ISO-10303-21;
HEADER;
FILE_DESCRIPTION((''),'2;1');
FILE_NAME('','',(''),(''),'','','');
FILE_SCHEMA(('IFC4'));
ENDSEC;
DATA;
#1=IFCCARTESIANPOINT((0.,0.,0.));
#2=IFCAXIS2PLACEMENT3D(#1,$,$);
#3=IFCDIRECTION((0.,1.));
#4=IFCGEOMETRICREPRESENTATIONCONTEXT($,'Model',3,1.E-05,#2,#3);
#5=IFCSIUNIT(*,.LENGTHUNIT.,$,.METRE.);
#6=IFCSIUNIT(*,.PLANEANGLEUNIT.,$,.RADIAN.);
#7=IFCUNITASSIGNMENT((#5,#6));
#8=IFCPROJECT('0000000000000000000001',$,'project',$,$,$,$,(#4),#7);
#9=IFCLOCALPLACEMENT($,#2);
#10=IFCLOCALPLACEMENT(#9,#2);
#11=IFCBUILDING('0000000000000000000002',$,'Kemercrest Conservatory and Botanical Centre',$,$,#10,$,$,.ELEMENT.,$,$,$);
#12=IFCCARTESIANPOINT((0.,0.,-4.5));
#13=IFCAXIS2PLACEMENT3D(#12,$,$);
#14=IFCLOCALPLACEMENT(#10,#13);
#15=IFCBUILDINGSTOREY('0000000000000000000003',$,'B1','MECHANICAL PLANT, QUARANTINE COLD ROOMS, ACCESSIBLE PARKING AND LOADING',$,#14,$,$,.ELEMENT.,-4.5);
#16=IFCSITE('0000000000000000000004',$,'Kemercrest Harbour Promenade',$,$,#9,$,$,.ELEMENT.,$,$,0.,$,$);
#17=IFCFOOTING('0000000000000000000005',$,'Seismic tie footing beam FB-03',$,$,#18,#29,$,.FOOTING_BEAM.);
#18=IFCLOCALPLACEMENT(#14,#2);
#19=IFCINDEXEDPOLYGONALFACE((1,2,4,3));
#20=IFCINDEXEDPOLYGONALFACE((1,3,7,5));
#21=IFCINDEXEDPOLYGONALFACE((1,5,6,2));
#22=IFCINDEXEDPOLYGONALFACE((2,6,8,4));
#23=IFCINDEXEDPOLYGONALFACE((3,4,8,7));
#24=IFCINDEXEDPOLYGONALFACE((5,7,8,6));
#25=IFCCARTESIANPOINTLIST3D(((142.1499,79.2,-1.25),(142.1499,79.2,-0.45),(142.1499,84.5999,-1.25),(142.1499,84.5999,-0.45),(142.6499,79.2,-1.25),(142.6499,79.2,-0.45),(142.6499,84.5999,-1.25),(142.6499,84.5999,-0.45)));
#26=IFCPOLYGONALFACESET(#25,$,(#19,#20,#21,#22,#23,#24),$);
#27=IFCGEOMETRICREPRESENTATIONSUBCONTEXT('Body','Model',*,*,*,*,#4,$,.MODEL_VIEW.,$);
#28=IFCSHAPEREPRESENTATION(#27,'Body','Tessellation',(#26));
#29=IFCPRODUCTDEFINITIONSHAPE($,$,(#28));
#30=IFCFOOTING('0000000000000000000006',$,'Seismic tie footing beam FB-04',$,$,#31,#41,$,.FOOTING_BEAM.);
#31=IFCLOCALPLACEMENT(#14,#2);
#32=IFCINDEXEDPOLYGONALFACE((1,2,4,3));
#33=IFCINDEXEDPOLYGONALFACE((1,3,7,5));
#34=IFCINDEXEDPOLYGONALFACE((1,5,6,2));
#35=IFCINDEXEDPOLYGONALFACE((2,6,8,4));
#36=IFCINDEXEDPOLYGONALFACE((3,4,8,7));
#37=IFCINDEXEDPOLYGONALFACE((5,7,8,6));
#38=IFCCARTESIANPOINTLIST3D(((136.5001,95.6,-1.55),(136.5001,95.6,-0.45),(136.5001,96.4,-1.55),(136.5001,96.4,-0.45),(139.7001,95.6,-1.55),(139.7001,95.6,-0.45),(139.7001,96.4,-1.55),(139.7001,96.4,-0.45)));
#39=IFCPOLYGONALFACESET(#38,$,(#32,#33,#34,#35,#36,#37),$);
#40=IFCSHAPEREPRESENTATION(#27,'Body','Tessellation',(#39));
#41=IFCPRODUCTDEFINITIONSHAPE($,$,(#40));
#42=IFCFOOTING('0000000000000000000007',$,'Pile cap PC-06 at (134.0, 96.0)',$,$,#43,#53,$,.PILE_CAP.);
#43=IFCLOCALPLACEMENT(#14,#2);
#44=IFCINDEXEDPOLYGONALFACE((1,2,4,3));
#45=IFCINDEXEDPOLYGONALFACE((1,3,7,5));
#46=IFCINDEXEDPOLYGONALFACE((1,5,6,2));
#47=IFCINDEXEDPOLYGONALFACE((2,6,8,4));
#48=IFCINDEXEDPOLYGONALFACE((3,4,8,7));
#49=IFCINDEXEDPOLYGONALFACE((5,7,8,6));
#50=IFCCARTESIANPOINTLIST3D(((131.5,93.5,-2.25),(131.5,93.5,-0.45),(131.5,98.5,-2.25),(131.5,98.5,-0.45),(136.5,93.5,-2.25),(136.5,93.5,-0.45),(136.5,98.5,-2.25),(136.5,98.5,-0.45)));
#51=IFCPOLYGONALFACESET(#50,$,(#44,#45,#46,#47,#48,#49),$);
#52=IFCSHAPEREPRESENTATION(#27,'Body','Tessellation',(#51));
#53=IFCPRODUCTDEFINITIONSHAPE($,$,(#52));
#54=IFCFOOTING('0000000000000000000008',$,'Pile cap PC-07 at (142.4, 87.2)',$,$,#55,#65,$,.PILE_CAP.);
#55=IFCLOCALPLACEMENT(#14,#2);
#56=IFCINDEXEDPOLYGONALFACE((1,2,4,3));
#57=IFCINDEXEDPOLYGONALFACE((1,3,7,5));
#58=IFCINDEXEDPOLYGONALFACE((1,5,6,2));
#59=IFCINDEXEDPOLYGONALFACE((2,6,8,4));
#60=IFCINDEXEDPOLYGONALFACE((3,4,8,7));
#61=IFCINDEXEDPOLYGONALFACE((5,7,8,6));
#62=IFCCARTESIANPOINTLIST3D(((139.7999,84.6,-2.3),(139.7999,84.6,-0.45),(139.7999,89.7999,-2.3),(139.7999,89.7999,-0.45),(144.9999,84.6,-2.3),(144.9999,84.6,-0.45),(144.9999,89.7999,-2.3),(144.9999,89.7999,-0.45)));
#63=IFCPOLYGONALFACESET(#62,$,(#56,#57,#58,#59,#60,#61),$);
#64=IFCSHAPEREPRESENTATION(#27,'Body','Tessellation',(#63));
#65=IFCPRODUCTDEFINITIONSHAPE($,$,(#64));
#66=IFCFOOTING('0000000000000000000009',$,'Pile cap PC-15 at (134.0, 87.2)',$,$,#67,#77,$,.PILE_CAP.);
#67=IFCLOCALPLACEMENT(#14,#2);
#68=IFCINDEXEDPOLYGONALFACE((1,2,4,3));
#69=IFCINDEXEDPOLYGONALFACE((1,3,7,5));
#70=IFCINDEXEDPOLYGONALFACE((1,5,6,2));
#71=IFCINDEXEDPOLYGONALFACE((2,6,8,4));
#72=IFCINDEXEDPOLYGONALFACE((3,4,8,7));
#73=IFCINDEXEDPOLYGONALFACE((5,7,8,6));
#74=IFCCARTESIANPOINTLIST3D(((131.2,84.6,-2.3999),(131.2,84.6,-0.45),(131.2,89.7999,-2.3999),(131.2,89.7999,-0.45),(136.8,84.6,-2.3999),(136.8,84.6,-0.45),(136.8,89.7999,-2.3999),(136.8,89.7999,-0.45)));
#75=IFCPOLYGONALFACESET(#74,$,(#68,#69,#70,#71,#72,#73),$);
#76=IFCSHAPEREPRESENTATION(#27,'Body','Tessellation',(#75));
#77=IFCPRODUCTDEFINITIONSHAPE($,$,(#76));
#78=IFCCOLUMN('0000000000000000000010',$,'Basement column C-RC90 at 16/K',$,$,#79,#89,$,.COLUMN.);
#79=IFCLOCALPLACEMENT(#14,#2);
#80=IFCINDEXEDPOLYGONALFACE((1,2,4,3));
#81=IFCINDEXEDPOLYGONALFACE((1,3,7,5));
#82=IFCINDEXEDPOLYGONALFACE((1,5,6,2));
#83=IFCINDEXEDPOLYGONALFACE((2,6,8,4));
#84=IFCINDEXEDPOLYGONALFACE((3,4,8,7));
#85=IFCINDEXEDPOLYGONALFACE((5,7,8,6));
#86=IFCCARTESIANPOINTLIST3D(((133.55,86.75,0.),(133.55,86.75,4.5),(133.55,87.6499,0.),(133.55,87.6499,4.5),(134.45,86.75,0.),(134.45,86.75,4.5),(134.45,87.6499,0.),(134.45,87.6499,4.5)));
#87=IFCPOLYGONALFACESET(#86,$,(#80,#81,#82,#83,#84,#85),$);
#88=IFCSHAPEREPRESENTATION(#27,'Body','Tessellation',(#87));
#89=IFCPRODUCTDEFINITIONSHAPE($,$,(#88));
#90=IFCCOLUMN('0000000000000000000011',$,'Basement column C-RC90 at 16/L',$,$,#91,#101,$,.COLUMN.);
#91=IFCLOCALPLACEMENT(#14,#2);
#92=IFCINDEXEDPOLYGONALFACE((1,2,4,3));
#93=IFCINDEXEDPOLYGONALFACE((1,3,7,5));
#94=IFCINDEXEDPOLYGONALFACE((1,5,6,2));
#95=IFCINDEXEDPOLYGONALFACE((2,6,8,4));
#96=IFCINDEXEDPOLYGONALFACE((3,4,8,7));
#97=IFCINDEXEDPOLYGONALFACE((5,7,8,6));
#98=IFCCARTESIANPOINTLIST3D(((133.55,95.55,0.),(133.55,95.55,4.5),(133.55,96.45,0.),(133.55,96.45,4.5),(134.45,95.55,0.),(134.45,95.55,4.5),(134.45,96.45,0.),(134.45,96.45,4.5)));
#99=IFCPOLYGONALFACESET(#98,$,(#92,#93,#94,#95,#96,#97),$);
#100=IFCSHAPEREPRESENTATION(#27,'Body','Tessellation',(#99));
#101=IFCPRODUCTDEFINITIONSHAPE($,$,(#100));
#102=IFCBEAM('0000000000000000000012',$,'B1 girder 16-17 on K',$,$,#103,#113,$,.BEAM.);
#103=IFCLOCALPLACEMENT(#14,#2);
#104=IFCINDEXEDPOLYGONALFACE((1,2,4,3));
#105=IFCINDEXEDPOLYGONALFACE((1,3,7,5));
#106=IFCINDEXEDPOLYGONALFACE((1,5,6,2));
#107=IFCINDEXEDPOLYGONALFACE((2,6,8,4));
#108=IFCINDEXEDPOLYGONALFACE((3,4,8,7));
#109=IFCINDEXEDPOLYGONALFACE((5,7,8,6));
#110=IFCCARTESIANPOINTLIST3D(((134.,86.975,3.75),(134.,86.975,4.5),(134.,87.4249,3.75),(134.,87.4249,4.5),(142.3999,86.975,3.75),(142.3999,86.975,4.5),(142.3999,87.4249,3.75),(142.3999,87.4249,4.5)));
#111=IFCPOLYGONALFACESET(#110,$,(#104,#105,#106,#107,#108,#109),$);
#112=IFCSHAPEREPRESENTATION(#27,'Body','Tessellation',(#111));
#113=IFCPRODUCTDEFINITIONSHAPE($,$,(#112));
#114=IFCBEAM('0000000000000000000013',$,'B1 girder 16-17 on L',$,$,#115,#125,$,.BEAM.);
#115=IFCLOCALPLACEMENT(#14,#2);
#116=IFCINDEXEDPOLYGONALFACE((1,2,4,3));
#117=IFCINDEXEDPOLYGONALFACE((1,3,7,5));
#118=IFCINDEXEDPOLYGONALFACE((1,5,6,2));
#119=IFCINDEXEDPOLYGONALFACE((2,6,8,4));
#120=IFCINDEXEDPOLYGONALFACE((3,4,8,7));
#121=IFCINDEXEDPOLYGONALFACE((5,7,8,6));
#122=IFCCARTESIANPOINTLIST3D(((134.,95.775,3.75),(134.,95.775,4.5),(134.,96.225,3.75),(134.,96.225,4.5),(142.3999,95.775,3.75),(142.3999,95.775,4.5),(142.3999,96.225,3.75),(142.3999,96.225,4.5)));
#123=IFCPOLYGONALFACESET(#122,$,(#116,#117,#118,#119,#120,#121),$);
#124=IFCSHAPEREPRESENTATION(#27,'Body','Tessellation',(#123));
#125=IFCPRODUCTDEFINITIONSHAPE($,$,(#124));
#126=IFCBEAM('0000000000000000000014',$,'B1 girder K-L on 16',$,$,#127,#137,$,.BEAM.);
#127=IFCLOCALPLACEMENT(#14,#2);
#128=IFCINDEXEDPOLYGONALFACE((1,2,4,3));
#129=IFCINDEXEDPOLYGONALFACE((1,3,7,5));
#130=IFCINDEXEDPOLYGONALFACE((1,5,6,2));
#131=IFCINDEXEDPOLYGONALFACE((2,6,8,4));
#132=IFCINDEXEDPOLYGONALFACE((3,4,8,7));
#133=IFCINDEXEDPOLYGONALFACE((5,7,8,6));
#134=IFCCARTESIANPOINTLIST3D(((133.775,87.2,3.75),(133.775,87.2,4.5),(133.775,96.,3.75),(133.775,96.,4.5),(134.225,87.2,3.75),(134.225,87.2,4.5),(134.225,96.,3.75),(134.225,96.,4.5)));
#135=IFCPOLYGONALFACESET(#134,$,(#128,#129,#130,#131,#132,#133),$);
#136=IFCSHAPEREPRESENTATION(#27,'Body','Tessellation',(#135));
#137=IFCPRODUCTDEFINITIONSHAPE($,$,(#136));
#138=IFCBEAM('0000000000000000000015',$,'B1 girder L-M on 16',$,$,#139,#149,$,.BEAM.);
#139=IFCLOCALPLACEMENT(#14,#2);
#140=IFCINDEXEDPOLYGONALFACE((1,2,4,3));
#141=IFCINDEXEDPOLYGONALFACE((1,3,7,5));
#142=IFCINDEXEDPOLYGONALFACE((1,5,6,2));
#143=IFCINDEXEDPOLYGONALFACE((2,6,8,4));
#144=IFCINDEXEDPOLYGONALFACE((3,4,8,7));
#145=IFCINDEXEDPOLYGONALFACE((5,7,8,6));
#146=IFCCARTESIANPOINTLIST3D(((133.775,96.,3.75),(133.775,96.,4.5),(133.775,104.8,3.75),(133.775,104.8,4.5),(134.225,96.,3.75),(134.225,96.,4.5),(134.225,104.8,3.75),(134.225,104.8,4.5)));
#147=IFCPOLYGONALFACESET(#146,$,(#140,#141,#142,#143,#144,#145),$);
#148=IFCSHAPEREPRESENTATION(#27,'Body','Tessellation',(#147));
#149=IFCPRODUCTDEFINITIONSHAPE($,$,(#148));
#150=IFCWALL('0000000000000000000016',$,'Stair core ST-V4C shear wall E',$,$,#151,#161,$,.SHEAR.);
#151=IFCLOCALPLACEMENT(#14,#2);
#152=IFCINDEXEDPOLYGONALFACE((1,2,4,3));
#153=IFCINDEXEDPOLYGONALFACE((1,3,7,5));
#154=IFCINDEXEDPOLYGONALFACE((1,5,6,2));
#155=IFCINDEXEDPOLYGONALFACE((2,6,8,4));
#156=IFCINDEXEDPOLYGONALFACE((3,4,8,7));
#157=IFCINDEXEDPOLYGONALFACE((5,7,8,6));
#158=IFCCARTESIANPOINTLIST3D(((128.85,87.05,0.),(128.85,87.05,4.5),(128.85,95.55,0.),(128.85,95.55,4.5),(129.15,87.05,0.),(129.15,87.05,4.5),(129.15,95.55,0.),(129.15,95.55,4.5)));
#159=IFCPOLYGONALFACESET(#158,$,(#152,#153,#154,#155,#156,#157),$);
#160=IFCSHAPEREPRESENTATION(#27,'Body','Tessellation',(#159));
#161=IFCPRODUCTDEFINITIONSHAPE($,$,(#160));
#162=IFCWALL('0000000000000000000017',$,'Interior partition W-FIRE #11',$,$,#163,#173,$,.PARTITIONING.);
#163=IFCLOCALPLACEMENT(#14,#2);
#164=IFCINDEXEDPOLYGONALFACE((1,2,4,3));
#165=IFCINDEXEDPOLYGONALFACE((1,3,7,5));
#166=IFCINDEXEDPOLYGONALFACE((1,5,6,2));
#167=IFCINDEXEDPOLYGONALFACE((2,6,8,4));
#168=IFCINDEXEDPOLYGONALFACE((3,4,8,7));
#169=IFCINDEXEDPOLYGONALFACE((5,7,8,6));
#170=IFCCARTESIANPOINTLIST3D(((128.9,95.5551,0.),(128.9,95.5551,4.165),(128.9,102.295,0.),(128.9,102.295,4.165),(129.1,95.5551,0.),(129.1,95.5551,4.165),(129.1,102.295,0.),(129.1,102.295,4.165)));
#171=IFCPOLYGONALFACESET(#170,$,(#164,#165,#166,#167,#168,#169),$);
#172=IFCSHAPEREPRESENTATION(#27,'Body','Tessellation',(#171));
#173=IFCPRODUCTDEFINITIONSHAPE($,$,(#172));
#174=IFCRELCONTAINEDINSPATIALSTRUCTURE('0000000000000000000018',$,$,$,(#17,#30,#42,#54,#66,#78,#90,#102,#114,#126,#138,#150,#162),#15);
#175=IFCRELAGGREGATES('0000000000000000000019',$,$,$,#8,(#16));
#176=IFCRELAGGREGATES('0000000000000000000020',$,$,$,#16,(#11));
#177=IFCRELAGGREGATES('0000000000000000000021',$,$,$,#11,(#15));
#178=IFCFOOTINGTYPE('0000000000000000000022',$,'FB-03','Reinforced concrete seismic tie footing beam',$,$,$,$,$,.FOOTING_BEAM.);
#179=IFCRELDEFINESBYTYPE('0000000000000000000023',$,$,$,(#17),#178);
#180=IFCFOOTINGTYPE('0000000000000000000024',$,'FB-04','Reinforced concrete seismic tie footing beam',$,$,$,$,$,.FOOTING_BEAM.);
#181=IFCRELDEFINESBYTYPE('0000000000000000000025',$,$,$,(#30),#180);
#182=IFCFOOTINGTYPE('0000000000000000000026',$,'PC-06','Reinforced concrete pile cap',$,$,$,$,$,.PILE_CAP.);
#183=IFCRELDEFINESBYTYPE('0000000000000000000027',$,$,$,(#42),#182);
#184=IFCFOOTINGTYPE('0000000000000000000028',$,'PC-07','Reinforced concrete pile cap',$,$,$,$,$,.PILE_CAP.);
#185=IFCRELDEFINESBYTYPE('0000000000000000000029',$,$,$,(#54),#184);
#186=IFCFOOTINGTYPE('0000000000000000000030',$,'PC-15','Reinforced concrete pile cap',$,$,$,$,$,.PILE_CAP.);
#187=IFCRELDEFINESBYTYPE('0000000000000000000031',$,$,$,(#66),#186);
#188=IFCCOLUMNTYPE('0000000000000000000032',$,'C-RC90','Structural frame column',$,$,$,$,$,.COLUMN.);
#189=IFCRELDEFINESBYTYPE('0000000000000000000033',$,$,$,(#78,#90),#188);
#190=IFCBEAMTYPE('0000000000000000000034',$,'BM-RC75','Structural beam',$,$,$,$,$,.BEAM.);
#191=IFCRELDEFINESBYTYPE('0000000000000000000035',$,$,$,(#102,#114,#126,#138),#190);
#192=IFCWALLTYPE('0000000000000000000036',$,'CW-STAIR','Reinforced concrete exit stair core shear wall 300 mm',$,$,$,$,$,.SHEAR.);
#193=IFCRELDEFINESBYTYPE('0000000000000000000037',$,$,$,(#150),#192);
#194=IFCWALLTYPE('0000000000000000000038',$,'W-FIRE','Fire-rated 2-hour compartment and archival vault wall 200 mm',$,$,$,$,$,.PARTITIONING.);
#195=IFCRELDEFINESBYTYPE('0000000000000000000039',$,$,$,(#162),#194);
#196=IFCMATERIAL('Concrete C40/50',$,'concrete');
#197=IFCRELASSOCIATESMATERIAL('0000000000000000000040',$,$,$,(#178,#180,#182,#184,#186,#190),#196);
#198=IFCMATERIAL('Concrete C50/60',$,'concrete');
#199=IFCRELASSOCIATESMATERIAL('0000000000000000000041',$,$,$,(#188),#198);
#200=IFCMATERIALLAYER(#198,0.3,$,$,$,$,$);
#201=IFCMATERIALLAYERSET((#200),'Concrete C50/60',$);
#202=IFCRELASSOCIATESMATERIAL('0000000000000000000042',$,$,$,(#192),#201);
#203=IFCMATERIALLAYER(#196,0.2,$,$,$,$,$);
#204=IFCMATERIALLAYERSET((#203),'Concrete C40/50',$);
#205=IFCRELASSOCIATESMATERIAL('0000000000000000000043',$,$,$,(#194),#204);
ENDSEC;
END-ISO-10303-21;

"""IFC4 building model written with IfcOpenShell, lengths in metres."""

from ifc_helpers import new_model, si_unit, direction, frame, frame_2d, origin, origin_2d, place, context, subcontext, project, spatial, rectangle, extrude, material, layer, layer_set, material_profile, profile_set, type_object, element, save


model = new_model("IFC4")

# Units and contexts
model_context = context("Model", 3, precision=1e-05, world=origin(), true_north=direction((0.0, 1.0)))
body_context = subcontext(model_context, "Body", "Model", "MODEL_VIEW")
ifc_project = project(units=[si_unit("LENGTHUNIT", "METRE"), si_unit("PLANEANGLEUNIT", "RADIAN")], contexts=[model_context])

# Site, building, storey
site_placement = place(None, origin())
site = spatial("IfcSite", under=ifc_project, at=site_placement, Name="Kemercrest Harbour Promenade", CompositionType="ELEMENT", RefElevation=0.0)
building_placement = place(site_placement, origin())
building = spatial("IfcBuilding", under=site, at=building_placement, Name="Kemercrest Conservatory and Botanical Centre", CompositionType="ELEMENT")
storey_placement = place(building_placement, frame((0.0, 0.0, -4.5)))
storey = spatial("IfcBuildingStorey", under=building, at=storey_placement, Name="B1", Description="MECHANICAL PLANT, QUARANTINE COLD ROOMS, ACCESSIBLE PARKING AND LOADING", CompositionType="ELEMENT", Elevation=-4.5)

# Shared definitions
ifc_material_1 = material(Name="Concrete C40/50", Category="concrete")

# Footings
footing_type_1 = type_object("IfcFootingType", Name="FB-03", Description="Reinforced concrete seismic tie footing beam", PredefinedType="FOOTING_BEAM", material=ifc_material_1)
footing_1_placement = place(storey_placement, frame((142.3999, 81.8999, -1.25), z_axis=(0.0, 0.0, 1.0), x_axis=(1.0, 0.0, 0.0)))
element("IfcFooting", 1, at=footing_1_placement, inside=storey, type_object=footing_type_1, Name="Seismic tie footing beam FB-03", PredefinedType="FOOTING_BEAM", context=body_context, shape_type="SweptSolid", body=[
    extrude(rectangle(XDim=0.5, YDim=5.3999, at=origin_2d()), origin(), (0.0, 0.0, 1.0), 0.8),
])
footing_type_2 = type_object("IfcFootingType", Name="FB-04", Description="Reinforced concrete seismic tie footing beam", PredefinedType="FOOTING_BEAM", material=ifc_material_1)
footing_2_placement = place(storey_placement, frame((138.1001, 96.0, -1.55), z_axis=(0.0, 0.0, 1.0), x_axis=(1.0, 0.0, 0.0)))
element("IfcFooting", 2, at=footing_2_placement, inside=storey, type_object=footing_type_2, Name="Seismic tie footing beam FB-04", PredefinedType="FOOTING_BEAM", context=body_context, shape_type="SweptSolid", body=[
    extrude(rectangle(XDim=3.2, YDim=0.8, at=origin_2d()), origin(), (0.0, 0.0, 1.0), 1.1001),
])
footing_type_3 = type_object("IfcFootingType", Name="PC-06", Description="Reinforced concrete pile cap", PredefinedType="PILE_CAP", material=ifc_material_1)
footing_3_placement = place(storey_placement, frame((134.0, 96.0, -2.25), z_axis=(0.0, 0.0, 1.0), x_axis=(1.0, 0.0, 0.0)))
element("IfcFooting", 3, at=footing_3_placement, inside=storey, type_object=footing_type_3, Name="Pile cap PC-06 at (134.0, 96.0)", PredefinedType="PILE_CAP", context=body_context, shape_type="SweptSolid", body=[
    extrude(rectangle(XDim=5.0, YDim=5.0, at=origin_2d()), origin(), (0.0, 0.0, 1.0), 1.8),
])
footing_type_4 = type_object("IfcFootingType", Name="PC-07", Description="Reinforced concrete pile cap", PredefinedType="PILE_CAP", material=ifc_material_1)
footing_4_placement = place(storey_placement, frame((142.3999, 87.2, -2.3), z_axis=(0.0, 0.0, 1.0), x_axis=(1.0, 0.0, 0.0)))
element("IfcFooting", 4, at=footing_4_placement, inside=storey, type_object=footing_type_4, Name="Pile cap PC-07 at (142.4, 87.2)", PredefinedType="PILE_CAP", context=body_context, shape_type="SweptSolid", body=[
    extrude(rectangle(XDim=5.2, YDim=5.2, at=origin_2d()), origin(), (0.0, 0.0, 1.0), 1.8501),
])
footing_type_5 = type_object("IfcFootingType", Name="PC-15", Description="Reinforced concrete pile cap", PredefinedType="PILE_CAP", material=ifc_material_1)
footing_5_placement = place(storey_placement, frame((134.0, 87.2, -2.3999), z_axis=(0.0, 0.0, 1.0), x_axis=(1.0, 0.0, 0.0)))
element("IfcFooting", 5, at=footing_5_placement, inside=storey, type_object=footing_type_5, Name="Pile cap PC-15 at (134.0, 87.2)", PredefinedType="PILE_CAP", context=body_context, shape_type="SweptSolid", body=[
    extrude(rectangle(XDim=5.6001, YDim=5.2, at=origin_2d()), origin(), (0.0, 0.0, 1.0), 1.95),
])

# Columns
ifc_material_2 = material(Name="Concrete C50/60", Category="concrete")
ifc_material_profile_1 = material_profile(ifc_material_2, rectangle(XDim=0.8999, YDim=0.8999, at=origin_2d()), Name="RC 900x900")
ifc_profile_set_1 = profile_set([ifc_material_profile_1], Name="Concrete C50/60")
column_type = type_object("IfcColumnType", Name="C-RC90", Description="Structural frame column", PredefinedType="COLUMN", material=ifc_profile_set_1)
for number, where, z_axis, x_axis, name in (
    (6, (134.0, 87.2, 0.0), (0.0, 0.0, 1.0), (1.0, 0.0, 0.0), "Basement column C-RC90 at 16/K"),
    (7, (134.0, 96.0, 0.0), (0.0, 0.0, 1.0), (1.0, 0.0, 0.0), "Basement column C-RC90 at 16/L"),
):
    element("IfcColumn", number, at=place(storey_placement, frame(where, z_axis=z_axis, x_axis=x_axis)), inside=storey, type_object=column_type, Name=name, PredefinedType="COLUMN", context=body_context, shape_type="SweptSolid", body=[
        extrude(rectangle(XDim=0.8999, YDim=0.8999, at=origin_2d()), origin(), (0.0, 0.0, 1.0), 4.5),
    ])

# Beams
ifc_material_profile_2 = material_profile(ifc_material_1, rectangle(XDim=0.45, YDim=0.75, at=origin_2d()), Name="RC 450x750")
ifc_profile_set_2 = profile_set([ifc_material_profile_2], Name="Concrete C40/50")
beam_type = type_object("IfcBeamType", Name="BM-RC75", Description="Structural beam", PredefinedType="BEAM", material=ifc_profile_set_2)
for number, where, z_axis, x_axis, name in (
    (8, (134.0, 87.2, 4.125), (1.0, 0.0, 0.0), (0.0, 1.0, 0.0), "B1 girder 16-17 on K"),
    (9, (134.0, 96.0, 4.125), (1.0, 0.0, 0.0), (0.0, 1.0, 0.0), "B1 girder 16-17 on L"),
):
    element("IfcBeam", number, at=place(storey_placement, frame(where, z_axis=z_axis, x_axis=x_axis)), inside=storey, type_object=beam_type, Name=name, PredefinedType="BEAM", context=body_context, shape_type="SweptSolid", body=[
        extrude(rectangle(XDim=0.45, YDim=0.75, at=origin_2d()), origin(), (0.0, 0.0, 1.0), 8.3999),
    ])
for number, where, z_axis, x_axis, name in (
    (10, (134.0, 87.2, 4.125), (0.0, 1.0, 0.0), (-1.0, 0.0, 0.0), "B1 girder K-L on 16"),
    (11, (134.0, 96.0, 4.125), (0.0, 1.0, 0.0), (-1.0, 0.0, 0.0), "B1 girder L-M on 16"),
):
    element("IfcBeam", number, at=place(storey_placement, frame(where, z_axis=z_axis, x_axis=x_axis)), inside=storey, type_object=beam_type, Name=name, PredefinedType="BEAM", context=body_context, shape_type="SweptSolid", body=[
        extrude(rectangle(XDim=0.45, YDim=0.75, at=origin_2d()), origin(), (0.0, 0.0, 1.0), 8.8),
    ])

# Walls
ifc_layer_1 = layer(ifc_material_2, 0.3)
ifc_layer_set_1 = layer_set([ifc_layer_1], Name="Concrete C50/60")
wall_type_1 = type_object("IfcWallType", Name="CW-STAIR", Description="Reinforced concrete exit stair core shear wall 300 mm", PredefinedType="SHEAR", material=ifc_layer_set_1)
wall_1_placement = place(storey_placement, frame((129.0, 87.05, 0.0), z_axis=(0.0, 0.0, 1.0), x_axis=(0.0, 1.0, 0.0)))
element("IfcWall", 12, at=wall_1_placement, inside=storey, type_object=wall_type_1, Name="Stair core ST-V4C shear wall E", PredefinedType="SHEAR", context=body_context, shape_type="SweptSolid", body=[
    extrude(rectangle(XDim=8.5, YDim=0.3, at=frame_2d((4.25, 0.0))), origin(), (0.0, 0.0, 1.0), 4.5),
])
ifc_layer_2 = layer(ifc_material_1, 0.2)
ifc_layer_set_2 = layer_set([ifc_layer_2], Name="Concrete C40/50")
wall_type_2 = type_object("IfcWallType", Name="W-FIRE", Description="Fire-rated 2-hour compartment and archival vault wall 200 mm", PredefinedType="PARTITIONING", material=ifc_layer_set_2)
wall_2_placement = place(storey_placement, frame((129.0, 95.5549, 0.0), z_axis=(0.0, 0.0, 1.0), x_axis=(0.0, 1.0, 0.0)))
element("IfcWall", 13, at=wall_2_placement, inside=storey, type_object=wall_type_2, Name="Interior partition W-FIRE #11", PredefinedType="PARTITIONING", context=body_context, shape_type="SweptSolid", body=[
    extrude(rectangle(XDim=6.74, YDim=0.2, at=frame_2d((3.3701, 0.0))), origin(), (0.0, 0.0, 1.0), 4.165),
])

save(model, "model.ifc")
